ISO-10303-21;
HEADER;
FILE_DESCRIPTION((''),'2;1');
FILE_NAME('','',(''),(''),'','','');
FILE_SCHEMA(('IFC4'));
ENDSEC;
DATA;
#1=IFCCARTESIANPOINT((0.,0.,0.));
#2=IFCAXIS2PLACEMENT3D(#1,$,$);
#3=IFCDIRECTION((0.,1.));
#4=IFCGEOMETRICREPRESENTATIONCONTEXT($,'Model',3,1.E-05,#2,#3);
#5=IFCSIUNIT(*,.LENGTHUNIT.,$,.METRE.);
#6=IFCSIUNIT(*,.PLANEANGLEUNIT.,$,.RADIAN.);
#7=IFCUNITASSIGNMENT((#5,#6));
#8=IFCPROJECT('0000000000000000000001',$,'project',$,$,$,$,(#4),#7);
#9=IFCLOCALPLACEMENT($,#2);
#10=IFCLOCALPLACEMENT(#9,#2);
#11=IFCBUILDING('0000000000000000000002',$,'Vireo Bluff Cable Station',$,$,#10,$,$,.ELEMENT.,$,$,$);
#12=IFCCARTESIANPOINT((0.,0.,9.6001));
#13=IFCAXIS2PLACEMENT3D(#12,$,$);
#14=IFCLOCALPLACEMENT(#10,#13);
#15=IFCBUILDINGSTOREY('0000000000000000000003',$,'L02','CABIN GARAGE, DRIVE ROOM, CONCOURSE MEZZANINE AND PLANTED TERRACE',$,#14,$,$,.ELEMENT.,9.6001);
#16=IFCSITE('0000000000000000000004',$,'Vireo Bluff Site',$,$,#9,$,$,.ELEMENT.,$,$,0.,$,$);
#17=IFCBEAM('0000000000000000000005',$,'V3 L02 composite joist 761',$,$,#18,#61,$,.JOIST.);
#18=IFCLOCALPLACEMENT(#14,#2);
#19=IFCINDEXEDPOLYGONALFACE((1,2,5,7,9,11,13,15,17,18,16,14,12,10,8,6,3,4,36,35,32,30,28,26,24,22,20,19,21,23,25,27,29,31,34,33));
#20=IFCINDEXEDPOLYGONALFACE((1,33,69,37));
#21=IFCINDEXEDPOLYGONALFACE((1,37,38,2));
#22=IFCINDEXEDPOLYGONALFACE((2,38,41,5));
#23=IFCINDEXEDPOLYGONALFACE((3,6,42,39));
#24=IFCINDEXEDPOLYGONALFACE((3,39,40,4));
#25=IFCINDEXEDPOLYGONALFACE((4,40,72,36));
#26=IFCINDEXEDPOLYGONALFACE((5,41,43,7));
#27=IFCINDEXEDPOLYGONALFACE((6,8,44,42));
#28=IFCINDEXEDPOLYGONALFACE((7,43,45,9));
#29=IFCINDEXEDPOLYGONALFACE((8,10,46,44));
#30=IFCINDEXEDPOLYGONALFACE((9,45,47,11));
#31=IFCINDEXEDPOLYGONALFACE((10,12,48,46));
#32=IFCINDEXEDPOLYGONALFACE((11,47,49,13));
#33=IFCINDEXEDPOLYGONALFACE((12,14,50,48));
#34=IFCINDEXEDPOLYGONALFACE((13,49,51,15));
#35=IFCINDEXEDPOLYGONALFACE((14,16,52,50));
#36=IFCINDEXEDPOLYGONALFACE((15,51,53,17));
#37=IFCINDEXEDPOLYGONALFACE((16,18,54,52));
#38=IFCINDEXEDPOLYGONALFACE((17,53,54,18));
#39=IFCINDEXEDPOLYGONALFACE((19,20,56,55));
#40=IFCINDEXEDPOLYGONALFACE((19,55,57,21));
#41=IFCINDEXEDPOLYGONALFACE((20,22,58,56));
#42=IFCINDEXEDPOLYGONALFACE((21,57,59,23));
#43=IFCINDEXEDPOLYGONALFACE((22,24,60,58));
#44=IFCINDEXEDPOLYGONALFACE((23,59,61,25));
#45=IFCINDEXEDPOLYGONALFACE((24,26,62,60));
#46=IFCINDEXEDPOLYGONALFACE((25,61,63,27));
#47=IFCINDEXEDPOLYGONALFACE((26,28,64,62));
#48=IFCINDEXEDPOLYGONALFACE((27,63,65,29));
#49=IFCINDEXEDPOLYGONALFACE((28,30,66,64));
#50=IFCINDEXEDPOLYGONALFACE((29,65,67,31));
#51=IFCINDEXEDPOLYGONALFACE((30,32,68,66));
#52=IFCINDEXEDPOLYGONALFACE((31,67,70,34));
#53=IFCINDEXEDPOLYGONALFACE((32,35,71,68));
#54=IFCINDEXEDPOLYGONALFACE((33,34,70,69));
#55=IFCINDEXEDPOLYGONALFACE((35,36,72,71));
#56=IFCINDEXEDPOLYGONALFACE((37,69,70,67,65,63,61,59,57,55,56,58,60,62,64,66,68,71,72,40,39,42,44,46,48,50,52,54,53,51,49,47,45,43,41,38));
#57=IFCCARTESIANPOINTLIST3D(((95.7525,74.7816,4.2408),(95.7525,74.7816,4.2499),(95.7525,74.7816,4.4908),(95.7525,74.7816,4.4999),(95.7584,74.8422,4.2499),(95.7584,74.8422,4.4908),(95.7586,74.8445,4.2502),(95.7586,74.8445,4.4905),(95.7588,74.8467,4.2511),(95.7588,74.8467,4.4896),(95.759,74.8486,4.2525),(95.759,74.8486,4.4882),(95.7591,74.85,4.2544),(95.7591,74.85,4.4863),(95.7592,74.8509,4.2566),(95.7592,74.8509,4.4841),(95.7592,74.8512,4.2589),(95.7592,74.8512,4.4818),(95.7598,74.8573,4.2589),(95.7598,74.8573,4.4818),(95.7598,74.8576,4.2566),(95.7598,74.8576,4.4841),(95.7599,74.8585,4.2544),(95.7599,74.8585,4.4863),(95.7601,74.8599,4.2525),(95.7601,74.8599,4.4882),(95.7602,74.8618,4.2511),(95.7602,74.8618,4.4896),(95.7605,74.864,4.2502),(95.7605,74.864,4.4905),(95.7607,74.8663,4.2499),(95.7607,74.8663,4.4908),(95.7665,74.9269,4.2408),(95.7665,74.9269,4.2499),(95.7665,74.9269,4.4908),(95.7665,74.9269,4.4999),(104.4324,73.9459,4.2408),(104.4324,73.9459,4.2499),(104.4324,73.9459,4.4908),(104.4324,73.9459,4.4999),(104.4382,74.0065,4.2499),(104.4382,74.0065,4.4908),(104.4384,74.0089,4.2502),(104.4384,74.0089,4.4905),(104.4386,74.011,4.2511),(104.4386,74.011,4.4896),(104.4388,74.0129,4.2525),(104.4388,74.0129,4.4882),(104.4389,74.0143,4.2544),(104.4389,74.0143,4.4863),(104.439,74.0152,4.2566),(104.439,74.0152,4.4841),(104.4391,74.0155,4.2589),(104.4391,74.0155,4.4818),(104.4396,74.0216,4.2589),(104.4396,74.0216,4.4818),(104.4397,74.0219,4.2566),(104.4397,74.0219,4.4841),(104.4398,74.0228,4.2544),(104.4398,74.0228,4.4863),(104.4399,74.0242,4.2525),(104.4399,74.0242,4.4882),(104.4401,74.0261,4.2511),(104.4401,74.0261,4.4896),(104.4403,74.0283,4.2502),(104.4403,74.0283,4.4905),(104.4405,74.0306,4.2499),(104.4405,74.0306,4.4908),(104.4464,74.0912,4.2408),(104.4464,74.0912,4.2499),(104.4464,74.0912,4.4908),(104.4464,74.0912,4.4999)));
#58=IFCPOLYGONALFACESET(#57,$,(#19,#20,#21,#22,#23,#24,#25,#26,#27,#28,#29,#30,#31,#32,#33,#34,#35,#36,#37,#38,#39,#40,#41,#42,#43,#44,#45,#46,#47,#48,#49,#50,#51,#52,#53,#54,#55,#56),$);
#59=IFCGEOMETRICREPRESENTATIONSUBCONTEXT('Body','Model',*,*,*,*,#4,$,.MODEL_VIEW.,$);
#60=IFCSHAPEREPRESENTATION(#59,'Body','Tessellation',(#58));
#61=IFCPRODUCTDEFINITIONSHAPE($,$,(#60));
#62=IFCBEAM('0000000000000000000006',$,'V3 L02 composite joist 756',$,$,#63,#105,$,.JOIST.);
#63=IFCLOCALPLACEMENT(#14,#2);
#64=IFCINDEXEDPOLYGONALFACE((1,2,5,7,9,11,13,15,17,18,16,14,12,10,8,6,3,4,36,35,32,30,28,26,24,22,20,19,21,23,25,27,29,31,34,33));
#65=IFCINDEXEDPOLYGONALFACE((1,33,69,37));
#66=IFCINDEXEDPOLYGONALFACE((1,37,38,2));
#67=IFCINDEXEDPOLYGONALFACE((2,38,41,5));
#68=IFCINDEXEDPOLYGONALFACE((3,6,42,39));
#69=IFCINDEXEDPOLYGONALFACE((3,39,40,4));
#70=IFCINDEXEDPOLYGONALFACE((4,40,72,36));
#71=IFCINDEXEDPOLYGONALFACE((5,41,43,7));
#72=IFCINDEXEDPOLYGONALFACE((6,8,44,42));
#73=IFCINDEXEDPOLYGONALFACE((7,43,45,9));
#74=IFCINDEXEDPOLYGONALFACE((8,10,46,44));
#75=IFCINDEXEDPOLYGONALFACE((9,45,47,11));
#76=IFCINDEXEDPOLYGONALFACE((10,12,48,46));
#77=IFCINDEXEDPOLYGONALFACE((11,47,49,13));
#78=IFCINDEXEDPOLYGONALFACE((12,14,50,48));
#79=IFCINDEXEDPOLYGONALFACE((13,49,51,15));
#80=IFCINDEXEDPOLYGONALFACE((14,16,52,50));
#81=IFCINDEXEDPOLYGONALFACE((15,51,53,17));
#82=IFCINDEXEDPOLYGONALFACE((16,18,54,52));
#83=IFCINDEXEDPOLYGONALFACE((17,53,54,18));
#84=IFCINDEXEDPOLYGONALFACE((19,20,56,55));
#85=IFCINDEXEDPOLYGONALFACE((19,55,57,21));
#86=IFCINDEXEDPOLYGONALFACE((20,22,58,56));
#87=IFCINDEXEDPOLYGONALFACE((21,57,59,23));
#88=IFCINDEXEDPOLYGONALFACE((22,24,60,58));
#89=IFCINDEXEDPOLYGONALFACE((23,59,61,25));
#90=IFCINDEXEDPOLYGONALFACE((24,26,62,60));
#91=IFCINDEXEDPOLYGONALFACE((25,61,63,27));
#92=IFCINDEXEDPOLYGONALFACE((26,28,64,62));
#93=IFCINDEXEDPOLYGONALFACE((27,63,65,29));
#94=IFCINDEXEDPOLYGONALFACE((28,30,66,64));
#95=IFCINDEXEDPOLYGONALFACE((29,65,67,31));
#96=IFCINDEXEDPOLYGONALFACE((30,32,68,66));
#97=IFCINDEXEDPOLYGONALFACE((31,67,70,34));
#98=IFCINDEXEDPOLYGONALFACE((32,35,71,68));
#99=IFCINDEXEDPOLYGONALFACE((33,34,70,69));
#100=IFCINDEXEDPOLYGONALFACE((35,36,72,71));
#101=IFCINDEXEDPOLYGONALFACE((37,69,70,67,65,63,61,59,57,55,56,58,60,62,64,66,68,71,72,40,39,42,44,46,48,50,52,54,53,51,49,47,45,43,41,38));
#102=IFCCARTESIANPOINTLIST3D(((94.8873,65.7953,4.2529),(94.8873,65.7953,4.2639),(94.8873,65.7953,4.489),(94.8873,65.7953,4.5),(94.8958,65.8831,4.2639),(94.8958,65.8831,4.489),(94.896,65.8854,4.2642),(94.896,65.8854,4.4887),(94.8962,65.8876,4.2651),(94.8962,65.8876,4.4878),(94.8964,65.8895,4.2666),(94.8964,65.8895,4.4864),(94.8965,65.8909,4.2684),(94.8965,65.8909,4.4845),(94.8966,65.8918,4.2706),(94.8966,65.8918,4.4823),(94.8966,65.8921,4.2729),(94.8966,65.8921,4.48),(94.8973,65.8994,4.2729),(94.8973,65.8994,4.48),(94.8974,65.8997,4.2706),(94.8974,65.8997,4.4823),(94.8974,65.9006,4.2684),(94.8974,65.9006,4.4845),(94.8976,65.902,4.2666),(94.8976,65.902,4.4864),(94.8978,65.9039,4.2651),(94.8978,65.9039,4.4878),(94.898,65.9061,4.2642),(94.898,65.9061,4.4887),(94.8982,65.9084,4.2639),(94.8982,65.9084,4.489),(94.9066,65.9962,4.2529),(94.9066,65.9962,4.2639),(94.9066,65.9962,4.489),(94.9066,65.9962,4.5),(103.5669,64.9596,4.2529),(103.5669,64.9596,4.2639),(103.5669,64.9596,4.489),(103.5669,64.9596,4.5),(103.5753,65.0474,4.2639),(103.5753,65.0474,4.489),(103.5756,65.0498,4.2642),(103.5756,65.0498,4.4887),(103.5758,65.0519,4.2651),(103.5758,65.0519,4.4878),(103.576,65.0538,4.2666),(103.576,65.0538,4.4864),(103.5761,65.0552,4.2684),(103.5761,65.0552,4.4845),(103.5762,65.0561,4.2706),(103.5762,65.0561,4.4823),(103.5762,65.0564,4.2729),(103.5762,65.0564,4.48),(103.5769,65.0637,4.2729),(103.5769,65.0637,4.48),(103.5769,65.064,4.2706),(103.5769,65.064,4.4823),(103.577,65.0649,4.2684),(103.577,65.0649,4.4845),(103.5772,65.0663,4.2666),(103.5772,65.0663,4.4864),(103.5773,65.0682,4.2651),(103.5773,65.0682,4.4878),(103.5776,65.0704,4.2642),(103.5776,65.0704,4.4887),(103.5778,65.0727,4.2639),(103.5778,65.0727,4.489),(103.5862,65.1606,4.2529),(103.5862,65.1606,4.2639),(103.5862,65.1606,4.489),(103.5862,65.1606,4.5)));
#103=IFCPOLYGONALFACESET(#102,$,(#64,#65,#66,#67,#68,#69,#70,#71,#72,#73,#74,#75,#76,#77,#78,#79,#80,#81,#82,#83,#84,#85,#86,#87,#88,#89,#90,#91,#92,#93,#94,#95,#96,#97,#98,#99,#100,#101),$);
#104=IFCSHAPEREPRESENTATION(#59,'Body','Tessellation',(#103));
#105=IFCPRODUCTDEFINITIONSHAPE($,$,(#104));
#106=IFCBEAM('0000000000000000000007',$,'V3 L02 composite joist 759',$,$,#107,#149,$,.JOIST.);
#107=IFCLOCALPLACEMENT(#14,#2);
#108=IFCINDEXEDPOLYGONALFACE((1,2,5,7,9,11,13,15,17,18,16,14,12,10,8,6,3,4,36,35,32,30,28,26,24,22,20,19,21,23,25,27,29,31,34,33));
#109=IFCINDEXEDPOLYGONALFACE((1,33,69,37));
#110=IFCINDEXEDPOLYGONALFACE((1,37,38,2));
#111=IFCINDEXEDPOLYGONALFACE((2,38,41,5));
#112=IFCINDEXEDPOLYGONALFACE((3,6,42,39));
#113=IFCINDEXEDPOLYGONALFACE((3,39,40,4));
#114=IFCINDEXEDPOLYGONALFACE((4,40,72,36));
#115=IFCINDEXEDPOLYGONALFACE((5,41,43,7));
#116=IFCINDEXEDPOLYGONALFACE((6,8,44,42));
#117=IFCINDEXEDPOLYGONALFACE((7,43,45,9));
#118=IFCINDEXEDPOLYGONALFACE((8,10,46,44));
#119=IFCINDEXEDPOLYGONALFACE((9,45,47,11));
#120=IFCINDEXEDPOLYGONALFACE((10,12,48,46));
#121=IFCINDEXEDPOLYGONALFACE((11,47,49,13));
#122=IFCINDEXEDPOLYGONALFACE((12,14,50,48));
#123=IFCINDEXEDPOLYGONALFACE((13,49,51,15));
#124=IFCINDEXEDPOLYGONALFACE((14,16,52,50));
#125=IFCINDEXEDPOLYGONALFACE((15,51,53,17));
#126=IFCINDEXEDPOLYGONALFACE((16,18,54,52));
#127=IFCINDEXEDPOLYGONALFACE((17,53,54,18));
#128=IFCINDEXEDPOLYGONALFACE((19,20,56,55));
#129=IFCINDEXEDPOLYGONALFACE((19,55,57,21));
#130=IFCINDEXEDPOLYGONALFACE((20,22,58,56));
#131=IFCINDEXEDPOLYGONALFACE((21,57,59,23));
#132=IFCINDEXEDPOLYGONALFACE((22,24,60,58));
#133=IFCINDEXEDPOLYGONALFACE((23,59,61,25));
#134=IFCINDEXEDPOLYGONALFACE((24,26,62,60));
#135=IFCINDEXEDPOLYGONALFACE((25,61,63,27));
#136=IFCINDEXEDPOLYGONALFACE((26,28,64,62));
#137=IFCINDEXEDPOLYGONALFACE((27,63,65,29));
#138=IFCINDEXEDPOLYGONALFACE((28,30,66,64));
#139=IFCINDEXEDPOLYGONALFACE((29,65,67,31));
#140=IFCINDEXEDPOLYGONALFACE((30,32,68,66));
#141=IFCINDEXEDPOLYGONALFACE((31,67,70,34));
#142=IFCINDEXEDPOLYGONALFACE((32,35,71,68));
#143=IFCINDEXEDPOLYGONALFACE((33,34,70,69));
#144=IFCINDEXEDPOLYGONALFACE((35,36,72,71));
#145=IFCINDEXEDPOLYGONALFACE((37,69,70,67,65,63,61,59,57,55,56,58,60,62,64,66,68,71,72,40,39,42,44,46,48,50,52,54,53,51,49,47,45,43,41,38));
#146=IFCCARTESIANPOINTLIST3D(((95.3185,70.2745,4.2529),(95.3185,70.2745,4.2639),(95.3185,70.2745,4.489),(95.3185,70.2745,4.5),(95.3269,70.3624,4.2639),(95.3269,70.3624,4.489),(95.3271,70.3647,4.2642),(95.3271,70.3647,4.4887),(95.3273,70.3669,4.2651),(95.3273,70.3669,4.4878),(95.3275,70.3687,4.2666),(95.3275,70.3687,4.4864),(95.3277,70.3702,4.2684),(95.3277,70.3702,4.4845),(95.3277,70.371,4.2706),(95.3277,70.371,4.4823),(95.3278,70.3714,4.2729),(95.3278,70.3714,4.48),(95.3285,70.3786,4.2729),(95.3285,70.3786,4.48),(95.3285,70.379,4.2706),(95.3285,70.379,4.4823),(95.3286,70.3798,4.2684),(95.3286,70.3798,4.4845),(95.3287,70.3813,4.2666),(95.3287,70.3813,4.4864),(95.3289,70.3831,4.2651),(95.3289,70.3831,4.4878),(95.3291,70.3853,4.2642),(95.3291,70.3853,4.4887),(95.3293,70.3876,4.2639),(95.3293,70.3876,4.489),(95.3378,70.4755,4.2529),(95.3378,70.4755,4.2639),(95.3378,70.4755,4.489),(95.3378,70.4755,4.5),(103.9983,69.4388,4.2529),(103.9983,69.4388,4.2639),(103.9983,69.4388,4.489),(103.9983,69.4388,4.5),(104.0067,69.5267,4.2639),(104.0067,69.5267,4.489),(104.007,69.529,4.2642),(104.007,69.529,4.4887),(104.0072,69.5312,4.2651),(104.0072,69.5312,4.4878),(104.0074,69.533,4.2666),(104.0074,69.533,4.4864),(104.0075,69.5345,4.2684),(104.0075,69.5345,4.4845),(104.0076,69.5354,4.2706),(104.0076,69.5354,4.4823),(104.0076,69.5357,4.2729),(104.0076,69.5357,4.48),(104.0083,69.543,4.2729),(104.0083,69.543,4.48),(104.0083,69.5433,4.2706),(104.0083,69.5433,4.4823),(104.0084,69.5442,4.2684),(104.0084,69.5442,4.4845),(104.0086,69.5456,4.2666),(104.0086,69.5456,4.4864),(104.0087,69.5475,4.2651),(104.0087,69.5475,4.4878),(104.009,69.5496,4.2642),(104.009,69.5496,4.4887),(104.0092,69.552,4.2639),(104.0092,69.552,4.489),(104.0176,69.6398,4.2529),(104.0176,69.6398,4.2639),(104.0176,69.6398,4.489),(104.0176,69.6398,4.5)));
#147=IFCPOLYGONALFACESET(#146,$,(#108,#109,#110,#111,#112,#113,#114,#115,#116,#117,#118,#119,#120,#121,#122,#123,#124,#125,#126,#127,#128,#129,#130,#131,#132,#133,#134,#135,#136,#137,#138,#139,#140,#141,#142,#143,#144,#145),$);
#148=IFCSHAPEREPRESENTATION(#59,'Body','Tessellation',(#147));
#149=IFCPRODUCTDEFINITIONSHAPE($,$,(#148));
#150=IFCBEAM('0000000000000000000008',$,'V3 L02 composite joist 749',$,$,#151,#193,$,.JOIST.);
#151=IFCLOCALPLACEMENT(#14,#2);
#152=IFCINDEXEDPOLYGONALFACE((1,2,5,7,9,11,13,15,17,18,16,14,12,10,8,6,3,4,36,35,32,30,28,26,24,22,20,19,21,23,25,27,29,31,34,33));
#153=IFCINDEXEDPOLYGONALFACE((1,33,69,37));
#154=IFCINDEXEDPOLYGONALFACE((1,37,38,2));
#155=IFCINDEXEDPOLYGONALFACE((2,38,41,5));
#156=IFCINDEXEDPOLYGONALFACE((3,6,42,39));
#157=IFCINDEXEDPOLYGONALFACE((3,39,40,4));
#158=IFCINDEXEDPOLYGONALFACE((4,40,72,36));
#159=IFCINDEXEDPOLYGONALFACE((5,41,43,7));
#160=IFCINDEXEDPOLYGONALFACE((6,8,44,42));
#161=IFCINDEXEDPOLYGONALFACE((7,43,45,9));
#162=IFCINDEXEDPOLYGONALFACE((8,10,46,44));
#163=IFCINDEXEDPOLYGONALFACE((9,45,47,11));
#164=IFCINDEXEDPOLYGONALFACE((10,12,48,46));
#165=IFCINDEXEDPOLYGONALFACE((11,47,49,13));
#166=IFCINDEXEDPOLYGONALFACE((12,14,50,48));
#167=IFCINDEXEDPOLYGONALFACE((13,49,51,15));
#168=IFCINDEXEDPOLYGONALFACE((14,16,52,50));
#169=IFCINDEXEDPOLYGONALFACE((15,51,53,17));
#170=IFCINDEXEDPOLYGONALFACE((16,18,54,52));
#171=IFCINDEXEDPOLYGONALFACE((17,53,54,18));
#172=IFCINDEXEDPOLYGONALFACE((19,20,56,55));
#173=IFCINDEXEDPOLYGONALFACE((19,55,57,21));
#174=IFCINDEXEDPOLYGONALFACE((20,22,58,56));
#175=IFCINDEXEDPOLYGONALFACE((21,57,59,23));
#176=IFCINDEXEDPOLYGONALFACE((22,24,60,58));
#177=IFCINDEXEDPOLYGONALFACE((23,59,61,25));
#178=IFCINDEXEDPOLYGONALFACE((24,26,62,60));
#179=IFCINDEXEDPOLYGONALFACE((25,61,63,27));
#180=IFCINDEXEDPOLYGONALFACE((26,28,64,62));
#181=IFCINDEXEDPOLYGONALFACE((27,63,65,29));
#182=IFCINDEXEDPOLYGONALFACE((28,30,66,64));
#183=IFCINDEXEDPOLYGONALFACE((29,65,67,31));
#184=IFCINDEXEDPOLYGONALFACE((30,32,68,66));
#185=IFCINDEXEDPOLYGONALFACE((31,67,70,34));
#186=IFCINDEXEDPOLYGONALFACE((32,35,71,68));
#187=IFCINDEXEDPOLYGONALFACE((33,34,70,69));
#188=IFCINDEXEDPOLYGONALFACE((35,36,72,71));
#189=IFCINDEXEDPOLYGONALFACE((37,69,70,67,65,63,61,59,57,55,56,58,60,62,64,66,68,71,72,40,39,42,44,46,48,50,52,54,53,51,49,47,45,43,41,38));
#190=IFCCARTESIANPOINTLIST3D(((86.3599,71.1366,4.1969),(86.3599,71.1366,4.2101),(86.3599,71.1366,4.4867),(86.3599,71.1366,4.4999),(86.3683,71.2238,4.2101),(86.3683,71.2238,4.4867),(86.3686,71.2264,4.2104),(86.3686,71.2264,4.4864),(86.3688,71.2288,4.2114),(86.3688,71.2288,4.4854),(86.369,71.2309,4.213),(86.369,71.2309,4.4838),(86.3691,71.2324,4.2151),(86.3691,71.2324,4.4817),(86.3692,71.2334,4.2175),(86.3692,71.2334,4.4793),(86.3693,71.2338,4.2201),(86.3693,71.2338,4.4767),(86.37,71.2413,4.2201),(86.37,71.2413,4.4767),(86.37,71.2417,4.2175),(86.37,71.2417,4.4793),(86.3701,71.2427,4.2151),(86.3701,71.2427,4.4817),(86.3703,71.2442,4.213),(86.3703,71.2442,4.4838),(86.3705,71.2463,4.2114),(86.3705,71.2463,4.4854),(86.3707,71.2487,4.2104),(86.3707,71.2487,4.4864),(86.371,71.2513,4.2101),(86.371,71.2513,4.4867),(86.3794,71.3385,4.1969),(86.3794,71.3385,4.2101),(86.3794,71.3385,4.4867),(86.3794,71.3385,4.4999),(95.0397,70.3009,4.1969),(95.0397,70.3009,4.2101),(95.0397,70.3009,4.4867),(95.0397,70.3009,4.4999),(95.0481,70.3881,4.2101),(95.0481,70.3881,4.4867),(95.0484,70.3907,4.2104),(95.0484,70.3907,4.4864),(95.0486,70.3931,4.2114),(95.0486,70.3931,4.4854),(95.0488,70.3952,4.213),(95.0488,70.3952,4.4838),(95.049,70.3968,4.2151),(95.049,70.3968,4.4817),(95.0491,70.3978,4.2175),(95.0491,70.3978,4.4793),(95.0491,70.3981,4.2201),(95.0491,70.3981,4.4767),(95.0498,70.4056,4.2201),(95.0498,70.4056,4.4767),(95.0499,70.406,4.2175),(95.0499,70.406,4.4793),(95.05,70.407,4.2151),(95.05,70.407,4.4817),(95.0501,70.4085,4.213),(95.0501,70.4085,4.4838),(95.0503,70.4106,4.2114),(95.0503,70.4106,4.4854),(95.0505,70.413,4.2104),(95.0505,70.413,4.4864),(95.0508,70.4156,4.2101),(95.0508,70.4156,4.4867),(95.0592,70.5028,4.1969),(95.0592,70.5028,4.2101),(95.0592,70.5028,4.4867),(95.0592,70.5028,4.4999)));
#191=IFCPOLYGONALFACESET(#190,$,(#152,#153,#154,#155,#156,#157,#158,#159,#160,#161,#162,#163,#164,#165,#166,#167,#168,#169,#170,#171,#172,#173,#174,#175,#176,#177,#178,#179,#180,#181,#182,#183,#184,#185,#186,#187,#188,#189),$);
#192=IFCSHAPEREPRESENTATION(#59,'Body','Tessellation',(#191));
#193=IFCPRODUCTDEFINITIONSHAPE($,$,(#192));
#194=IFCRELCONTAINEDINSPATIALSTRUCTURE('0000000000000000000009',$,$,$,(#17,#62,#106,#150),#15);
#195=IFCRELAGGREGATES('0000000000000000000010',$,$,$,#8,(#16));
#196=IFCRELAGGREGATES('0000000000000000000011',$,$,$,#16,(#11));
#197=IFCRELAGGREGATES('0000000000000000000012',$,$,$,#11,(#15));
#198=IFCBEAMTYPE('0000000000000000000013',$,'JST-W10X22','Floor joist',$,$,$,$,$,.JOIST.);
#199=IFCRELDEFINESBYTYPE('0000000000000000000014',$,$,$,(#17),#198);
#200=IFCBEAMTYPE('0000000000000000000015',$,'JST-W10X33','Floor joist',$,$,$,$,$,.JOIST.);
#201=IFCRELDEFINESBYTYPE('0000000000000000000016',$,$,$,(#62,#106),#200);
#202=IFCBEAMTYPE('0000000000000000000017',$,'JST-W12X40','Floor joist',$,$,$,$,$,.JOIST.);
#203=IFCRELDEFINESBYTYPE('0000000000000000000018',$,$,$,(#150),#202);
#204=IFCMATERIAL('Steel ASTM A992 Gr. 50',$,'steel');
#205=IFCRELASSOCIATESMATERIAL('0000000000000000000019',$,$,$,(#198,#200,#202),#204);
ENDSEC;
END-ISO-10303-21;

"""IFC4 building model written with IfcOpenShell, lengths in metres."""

from ifc_helpers import new_model, si_unit, direction, frame, origin, origin_2d, place, context, subcontext, project, spatial, i_section, extrude, material, material_profile, profile_set, type_object, element, save


model = new_model("IFC4")

# Units and contexts
model_context = context("Model", 3, precision=1e-05, world=origin(), true_north=direction((0.0, 1.0)))
body_context = subcontext(model_context, "Body", "Model", "MODEL_VIEW")
ifc_project = project(units=[si_unit("LENGTHUNIT", "METRE"), si_unit("PLANEANGLEUNIT", "RADIAN")], contexts=[model_context])

# Site, building, storey
site_placement = place(None, origin())
site = spatial("IfcSite", under=ifc_project, at=site_placement, Name="Vireo Bluff Site", CompositionType="ELEMENT", RefElevation=0.0)
building_placement = place(site_placement, origin())
building = spatial("IfcBuilding", under=site, at=building_placement, Name="Vireo Bluff Cable Station", CompositionType="ELEMENT")
storey_placement = place(building_placement, frame((0.0, 0.0, 9.6001)))
storey = spatial("IfcBuildingStorey", under=building, at=storey_placement, Name="L02", Description="CABIN GARAGE, DRIVE ROOM, CONCOURSE MEZZANINE AND PLANTED TERRACE", CompositionType="ELEMENT", Elevation=9.6001)

# Shared definitions
ifc_material_1 = material(Name="Steel ASTM A992 Gr. 50", Category="steel")

# Beams
ifc_material_profile_1 = material_profile(ifc_material_1, i_section(OverallWidth=0.146, OverallDepth=0.259, WebThickness=0.0061, FlangeThickness=0.009, FilletRadius=0.009, at=origin_2d()), Name="W10X22")
ifc_profile_set_1 = profile_set([ifc_material_profile_1], Name="Steel ASTM A992 Gr. 50")
beam_type_1 = type_object("IfcBeamType", Name="JST-W10X22", Description="Floor joist", PredefinedType="JOIST", material=ifc_profile_set_1)
beam_1_placement = place(storey_placement, frame((95.7595, 74.8542, 4.3704), z_axis=(0.995397, -0.095836, 0.0), x_axis=(0.095836, 0.995397, 0.0)))
element("IfcBeam", 1, at=beam_1_placement, inside=storey, type_object=beam_type_1, Name="V3 L02 composite joist 761", PredefinedType="JOIST", context=body_context, shape_type="SweptSolid", body=[
    extrude(i_section(OverallWidth=0.146, OverallDepth=0.259, WebThickness=0.0061, FlangeThickness=0.009, FilletRadius=0.009, at=origin_2d()), origin(), (0.0, 0.0, 1.0), 8.72),
])
ifc_material_profile_2 = material_profile(ifc_material_1, i_section(OverallWidth=0.2019, OverallDepth=0.2471, WebThickness=0.0073, FlangeThickness=0.011, FilletRadius=0.009, at=origin_2d()), Name="W10X33")
ifc_profile_set_2 = profile_set([ifc_material_profile_2], Name="Steel ASTM A992 Gr. 50")
beam_type_2 = type_object("IfcBeamType", Name="JST-W10X33", Description="Floor joist", PredefinedType="JOIST", material=ifc_profile_set_2)
beam_2_placement = place(storey_placement, frame((94.897, 65.8958, 4.3765), z_axis=(0.995397, -0.095838, 0.0), x_axis=(0.095838, 0.995397, 0.0)))
element("IfcBeam", 2, at=beam_2_placement, inside=storey, type_object=beam_type_2, Name="V3 L02 composite joist 756", PredefinedType="JOIST", context=body_context, shape_type="SweptSolid", body=[
    extrude(i_section(OverallWidth=0.2019, OverallDepth=0.2471, WebThickness=0.0073, FlangeThickness=0.011, FilletRadius=0.009, at=origin_2d()), origin(), (0.0, 0.0, 1.0), 8.7197),
])
beam_3_placement = place(storey_placement, frame((95.3281, 70.375, 4.3765), z_axis=(0.995397, -0.095836, 0.0), x_axis=(0.095836, 0.995397, 0.0)))
element("IfcBeam", 3, at=beam_3_placement, inside=storey, type_object=beam_type_2, Name="V3 L02 composite joist 759", PredefinedType="JOIST", context=body_context, shape_type="SweptSolid", body=[
    extrude(i_section(OverallWidth=0.2019, OverallDepth=0.2471, WebThickness=0.0073, FlangeThickness=0.011, FilletRadius=0.009, at=origin_2d()), origin(), (0.0, 0.0, 1.0), 8.72),
])
ifc_material_profile_3 = material_profile(ifc_material_1, i_section(OverallWidth=0.2029, OverallDepth=0.303, WebThickness=0.0076, FlangeThickness=0.0132, FilletRadius=0.01, at=origin_2d()), Name="W12X40")
ifc_profile_set_3 = profile_set([ifc_material_profile_3], Name="Steel ASTM A992 Gr. 50")
beam_type_3 = type_object("IfcBeamType", Name="JST-W12X40", Description="Floor joist", PredefinedType="JOIST", material=ifc_profile_set_3)
for number, where, z_axis, x_axis, name in (
    (4, (86.3696, 71.2375, 4.3484), (0.995397, -0.095836, 0.0), (0.095836, 0.995397, 0.0), "V3 L02 composite joist 749"),
):
    element("IfcBeam", number, at=place(storey_placement, frame(where, z_axis=z_axis, x_axis=x_axis)), inside=storey, type_object=beam_type_3, Name=name, PredefinedType="JOIST", context=body_context, shape_type="SweptSolid", body=[
        extrude(i_section(OverallWidth=0.2029, OverallDepth=0.303, WebThickness=0.0076, FlangeThickness=0.0132, FilletRadius=0.01, at=origin_2d()), origin(), (0.0, 0.0, 1.0), 8.72),
    ])

save(model, "model.ifc")
